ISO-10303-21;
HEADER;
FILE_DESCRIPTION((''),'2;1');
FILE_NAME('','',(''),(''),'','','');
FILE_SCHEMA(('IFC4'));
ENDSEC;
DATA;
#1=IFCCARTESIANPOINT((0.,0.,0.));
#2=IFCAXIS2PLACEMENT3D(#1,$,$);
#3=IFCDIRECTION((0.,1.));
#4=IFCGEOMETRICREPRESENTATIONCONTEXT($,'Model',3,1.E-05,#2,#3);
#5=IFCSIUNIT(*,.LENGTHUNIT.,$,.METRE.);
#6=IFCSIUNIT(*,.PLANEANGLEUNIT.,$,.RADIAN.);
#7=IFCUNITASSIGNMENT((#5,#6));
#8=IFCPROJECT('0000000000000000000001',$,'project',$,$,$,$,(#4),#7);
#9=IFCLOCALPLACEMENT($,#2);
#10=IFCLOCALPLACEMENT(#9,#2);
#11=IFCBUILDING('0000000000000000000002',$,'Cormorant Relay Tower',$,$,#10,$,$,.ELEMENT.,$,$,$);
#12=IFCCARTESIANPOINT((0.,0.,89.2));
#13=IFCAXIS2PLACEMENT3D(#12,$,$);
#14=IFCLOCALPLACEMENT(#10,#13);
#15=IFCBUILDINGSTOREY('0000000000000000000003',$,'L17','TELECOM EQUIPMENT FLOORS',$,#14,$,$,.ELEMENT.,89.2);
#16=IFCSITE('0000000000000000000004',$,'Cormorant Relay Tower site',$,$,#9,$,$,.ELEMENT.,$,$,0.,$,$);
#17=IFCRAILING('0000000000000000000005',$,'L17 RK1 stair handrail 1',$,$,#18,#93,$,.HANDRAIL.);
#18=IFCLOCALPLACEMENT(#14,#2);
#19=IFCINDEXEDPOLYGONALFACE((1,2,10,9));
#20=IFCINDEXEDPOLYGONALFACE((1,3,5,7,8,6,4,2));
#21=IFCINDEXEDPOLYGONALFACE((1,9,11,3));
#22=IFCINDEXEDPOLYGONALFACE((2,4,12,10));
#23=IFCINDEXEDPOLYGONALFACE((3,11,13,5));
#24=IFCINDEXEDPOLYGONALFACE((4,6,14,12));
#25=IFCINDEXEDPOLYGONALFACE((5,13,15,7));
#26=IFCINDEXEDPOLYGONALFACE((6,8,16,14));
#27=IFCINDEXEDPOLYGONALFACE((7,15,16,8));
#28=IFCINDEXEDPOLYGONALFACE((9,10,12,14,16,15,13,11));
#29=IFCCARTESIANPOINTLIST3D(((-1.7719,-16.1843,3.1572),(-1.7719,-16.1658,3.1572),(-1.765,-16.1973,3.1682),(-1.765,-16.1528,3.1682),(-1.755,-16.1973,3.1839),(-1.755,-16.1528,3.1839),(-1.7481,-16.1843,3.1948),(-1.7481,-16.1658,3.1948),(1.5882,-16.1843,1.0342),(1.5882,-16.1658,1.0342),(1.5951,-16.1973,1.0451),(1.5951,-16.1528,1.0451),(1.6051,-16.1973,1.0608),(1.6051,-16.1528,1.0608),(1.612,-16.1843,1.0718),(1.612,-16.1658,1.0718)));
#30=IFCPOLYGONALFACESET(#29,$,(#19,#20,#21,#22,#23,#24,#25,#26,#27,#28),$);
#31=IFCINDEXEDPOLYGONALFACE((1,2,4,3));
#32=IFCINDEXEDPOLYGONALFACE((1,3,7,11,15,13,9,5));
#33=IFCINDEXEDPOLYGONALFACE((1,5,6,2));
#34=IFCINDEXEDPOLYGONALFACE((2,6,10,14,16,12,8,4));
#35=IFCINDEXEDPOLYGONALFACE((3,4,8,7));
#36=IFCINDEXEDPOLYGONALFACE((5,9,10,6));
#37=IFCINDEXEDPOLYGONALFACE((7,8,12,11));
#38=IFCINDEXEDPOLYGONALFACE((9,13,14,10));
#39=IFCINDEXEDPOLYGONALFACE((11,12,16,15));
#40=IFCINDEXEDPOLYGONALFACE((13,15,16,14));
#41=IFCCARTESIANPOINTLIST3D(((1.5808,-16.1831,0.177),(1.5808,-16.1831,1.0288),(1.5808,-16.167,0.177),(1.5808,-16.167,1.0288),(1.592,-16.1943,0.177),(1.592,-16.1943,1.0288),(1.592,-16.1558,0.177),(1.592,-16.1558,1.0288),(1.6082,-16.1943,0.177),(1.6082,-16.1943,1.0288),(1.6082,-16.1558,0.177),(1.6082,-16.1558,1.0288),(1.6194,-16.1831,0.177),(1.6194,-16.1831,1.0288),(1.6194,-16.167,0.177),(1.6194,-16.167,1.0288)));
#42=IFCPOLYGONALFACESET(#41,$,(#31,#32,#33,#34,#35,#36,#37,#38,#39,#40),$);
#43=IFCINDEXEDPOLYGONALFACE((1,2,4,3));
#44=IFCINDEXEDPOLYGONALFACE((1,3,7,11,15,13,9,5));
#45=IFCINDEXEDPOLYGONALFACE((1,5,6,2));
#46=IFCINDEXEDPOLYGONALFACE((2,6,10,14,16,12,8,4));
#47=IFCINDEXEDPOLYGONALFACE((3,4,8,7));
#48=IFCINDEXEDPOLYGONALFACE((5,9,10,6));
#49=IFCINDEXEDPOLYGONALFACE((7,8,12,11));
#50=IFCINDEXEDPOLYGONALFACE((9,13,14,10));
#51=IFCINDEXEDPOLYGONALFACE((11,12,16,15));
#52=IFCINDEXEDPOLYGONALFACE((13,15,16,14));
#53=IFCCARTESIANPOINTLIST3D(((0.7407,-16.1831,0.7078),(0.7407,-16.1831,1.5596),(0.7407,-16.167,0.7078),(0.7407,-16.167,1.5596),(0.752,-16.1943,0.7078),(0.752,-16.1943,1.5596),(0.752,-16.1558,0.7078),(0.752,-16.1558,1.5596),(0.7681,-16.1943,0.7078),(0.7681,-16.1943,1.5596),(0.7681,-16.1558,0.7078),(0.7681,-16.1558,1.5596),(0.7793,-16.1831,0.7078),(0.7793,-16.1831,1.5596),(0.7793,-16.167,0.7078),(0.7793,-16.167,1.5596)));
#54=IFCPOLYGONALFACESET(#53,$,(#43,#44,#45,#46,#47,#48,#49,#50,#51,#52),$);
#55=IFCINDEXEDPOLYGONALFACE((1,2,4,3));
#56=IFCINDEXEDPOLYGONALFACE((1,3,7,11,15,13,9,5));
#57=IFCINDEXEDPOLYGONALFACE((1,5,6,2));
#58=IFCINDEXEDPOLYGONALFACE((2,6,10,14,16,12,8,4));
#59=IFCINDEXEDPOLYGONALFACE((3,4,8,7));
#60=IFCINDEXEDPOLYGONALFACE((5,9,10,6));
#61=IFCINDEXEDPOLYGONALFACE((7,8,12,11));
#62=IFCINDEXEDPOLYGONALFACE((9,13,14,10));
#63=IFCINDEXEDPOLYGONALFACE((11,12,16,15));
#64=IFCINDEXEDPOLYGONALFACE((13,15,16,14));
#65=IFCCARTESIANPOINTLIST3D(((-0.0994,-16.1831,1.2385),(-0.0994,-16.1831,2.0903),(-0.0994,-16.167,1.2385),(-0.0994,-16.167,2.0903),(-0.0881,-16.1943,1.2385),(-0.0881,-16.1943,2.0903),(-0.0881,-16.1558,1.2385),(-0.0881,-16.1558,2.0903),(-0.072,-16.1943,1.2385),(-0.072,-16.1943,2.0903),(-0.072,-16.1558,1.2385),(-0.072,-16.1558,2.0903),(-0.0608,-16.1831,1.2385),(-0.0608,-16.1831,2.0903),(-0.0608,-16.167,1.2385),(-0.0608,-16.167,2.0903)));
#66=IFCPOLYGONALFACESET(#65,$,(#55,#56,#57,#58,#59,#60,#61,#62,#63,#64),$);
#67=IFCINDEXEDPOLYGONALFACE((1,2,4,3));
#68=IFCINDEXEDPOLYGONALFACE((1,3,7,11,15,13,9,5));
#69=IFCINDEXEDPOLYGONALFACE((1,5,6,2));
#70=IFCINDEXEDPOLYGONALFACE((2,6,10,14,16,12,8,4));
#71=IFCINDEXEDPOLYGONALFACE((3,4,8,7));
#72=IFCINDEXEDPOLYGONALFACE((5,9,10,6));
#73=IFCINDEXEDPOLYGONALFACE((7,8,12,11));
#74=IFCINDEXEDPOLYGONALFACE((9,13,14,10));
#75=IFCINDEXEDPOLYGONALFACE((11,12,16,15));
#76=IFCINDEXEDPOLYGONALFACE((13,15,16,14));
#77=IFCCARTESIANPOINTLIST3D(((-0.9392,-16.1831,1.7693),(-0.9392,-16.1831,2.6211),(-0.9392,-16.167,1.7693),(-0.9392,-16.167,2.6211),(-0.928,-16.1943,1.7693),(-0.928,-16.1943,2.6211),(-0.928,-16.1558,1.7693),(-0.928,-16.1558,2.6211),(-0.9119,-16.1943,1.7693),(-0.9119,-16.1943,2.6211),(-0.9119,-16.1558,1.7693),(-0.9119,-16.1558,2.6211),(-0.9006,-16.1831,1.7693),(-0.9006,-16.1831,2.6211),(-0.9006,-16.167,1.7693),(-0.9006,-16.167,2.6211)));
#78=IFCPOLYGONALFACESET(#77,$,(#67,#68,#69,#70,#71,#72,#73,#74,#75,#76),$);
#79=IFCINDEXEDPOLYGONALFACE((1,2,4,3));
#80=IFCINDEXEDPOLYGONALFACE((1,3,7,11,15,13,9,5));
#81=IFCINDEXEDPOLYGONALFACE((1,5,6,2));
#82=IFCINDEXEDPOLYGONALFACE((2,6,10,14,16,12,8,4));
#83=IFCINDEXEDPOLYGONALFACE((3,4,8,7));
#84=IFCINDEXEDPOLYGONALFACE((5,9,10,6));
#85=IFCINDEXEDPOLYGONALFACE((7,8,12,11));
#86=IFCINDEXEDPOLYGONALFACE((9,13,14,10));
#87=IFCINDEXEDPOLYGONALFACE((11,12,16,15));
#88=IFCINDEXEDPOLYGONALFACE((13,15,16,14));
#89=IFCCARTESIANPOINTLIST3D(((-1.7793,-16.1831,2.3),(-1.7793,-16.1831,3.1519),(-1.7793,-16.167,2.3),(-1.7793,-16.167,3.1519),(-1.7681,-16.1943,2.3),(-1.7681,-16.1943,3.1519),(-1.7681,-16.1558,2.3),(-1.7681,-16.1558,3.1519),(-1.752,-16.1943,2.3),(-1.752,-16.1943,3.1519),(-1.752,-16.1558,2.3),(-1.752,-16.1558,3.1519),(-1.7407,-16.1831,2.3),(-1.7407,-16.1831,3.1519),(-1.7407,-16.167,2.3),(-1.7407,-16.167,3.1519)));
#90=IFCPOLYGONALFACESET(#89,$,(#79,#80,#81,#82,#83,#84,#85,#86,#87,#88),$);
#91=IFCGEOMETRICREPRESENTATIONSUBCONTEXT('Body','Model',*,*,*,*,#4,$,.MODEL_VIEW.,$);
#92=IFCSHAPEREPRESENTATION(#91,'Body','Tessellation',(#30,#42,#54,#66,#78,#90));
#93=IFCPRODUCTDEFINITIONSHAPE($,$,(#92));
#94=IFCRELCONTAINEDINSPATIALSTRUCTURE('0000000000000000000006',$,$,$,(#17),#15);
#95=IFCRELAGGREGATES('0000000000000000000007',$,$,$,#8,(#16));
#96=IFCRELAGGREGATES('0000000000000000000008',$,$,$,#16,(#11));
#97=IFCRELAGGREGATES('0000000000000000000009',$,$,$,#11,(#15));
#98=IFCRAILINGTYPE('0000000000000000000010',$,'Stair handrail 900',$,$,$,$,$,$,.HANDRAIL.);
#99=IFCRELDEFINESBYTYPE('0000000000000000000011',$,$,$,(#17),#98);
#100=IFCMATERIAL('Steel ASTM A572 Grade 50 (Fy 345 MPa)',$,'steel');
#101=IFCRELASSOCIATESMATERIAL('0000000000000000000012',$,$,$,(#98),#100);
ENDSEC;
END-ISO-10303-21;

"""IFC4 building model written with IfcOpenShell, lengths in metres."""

from ifc_helpers import new_model, si_unit, direction, frame, origin, place, context, subcontext, project, spatial, polyline, outline, extrude, material, type_object, element, save


model = new_model("IFC4")

# Units and contexts
model_context = context("Model", 3, precision=1e-05, world=origin(), true_north=direction((0.0, 1.0)))
body_context = subcontext(model_context, "Body", "Model", "MODEL_VIEW")
ifc_project = project(units=[si_unit("LENGTHUNIT", "METRE"), si_unit("PLANEANGLEUNIT", "RADIAN")], contexts=[model_context])

# Site, building, storey
site_placement = place(None, origin())
site = spatial("IfcSite", under=ifc_project, at=site_placement, Name="Cormorant Relay Tower site", CompositionType="ELEMENT", RefElevation=0.0)
building_placement = place(site_placement, origin())
building = spatial("IfcBuilding", under=site, at=building_placement, Name="Cormorant Relay Tower", CompositionType="ELEMENT")
storey_placement = place(building_placement, frame((0.0, 0.0, 89.2)))
storey = spatial("IfcBuildingStorey", under=building, at=storey_placement, Name="L17", Description="TELECOM EQUIPMENT FLOORS", CompositionType="ELEMENT", Elevation=89.2)

# Railing
ifc_material_1 = material(Name="Steel ASTM A572 Grade 50 (Fy 345 MPa)", Category="steel")
railing_type_1 = type_object("IfcRailingType", Name="Stair handrail 900", PredefinedType="HANDRAIL", material=ifc_material_1)
railing_1_placement = place(storey_placement, frame((1.6001, -16.175, 0.177)))
element("IfcRailing", 1, at=railing_1_placement, inside=storey, type_object=railing_type_1, Name="L17 RK1 stair handrail 1", PredefinedType="HANDRAIL", context=body_context, shape_type="SweptSolid", body=[
    extrude(outline(polyline([(0.0222, 0.0093), (0.0093, 0.0222), (-0.0093, 0.0222), (-0.0222, 0.0093), (-0.0222, -0.0093), (-0.0093, -0.0222), (0.0093, -0.0222), (0.0222, -0.0093), (0.0222, 0.0093)])), frame((0.0, 0.0, 0.876), z_axis=(-0.84539, 0.0, 0.53415), x_axis=(0.0, -1.0, 0.0)), (0.0, 0.0, 1.0), 3.9746),
    extrude(outline(polyline([(0.0193, 0.0081), (0.0081, 0.0193), (-0.0081, 0.0193), (-0.0193, 0.0081), (-0.0193, -0.0081), (-0.0081, -0.0193), (0.0081, -0.0193), (0.0193, -0.0081), (0.0193, 0.0081)])), origin(), (0.0, 0.0, 1.0), 0.8518),
    extrude(outline(polyline([(0.0193, 0.0081), (0.0081, 0.0193), (-0.0081, 0.0193), (-0.0193, 0.0081), (-0.0193, -0.0081), (-0.0081, -0.0193), (0.0081, -0.0193), (0.0193, -0.0081), (0.0193, 0.0081)])), frame((-0.8401, 0.0, 0.5308)), (0.0, 0.0, 1.0), 0.8518),
    extrude(outline(polyline([(0.0193, 0.0081), (0.0081, 0.0193), (-0.0081, 0.0193), (-0.0193, 0.0081), (-0.0193, -0.0081), (-0.0081, -0.0193), (0.0081, -0.0193), (0.0193, -0.0081), (0.0193, 0.0081)])), frame((-1.6802, 0.0, 1.0615)), (0.0, 0.0, 1.0), 0.8518),
    extrude(outline(polyline([(0.0193, 0.0081), (0.0081, 0.0193), (-0.0081, 0.0193), (-0.0193, 0.0081), (-0.0193, -0.0081), (-0.0081, -0.0193), (0.0081, -0.0193), (0.0193, -0.0081), (0.0193, 0.0081)])), frame((-2.52, 0.0, 1.5923)), (0.0, 0.0, 1.0), 0.8518),
    extrude(outline(polyline([(0.0193, 0.0081), (0.0081, 0.0193), (-0.0081, 0.0193), (-0.0193, 0.0081), (-0.0193, -0.0081), (-0.0081, -0.0193), (0.0081, -0.0193), (0.0193, -0.0081), (0.0193, 0.0081)])), frame((-3.3601, 0.0, 2.123)), (0.0, 0.0, 1.0), 0.8518),
])

save(model, "model.ifc")
